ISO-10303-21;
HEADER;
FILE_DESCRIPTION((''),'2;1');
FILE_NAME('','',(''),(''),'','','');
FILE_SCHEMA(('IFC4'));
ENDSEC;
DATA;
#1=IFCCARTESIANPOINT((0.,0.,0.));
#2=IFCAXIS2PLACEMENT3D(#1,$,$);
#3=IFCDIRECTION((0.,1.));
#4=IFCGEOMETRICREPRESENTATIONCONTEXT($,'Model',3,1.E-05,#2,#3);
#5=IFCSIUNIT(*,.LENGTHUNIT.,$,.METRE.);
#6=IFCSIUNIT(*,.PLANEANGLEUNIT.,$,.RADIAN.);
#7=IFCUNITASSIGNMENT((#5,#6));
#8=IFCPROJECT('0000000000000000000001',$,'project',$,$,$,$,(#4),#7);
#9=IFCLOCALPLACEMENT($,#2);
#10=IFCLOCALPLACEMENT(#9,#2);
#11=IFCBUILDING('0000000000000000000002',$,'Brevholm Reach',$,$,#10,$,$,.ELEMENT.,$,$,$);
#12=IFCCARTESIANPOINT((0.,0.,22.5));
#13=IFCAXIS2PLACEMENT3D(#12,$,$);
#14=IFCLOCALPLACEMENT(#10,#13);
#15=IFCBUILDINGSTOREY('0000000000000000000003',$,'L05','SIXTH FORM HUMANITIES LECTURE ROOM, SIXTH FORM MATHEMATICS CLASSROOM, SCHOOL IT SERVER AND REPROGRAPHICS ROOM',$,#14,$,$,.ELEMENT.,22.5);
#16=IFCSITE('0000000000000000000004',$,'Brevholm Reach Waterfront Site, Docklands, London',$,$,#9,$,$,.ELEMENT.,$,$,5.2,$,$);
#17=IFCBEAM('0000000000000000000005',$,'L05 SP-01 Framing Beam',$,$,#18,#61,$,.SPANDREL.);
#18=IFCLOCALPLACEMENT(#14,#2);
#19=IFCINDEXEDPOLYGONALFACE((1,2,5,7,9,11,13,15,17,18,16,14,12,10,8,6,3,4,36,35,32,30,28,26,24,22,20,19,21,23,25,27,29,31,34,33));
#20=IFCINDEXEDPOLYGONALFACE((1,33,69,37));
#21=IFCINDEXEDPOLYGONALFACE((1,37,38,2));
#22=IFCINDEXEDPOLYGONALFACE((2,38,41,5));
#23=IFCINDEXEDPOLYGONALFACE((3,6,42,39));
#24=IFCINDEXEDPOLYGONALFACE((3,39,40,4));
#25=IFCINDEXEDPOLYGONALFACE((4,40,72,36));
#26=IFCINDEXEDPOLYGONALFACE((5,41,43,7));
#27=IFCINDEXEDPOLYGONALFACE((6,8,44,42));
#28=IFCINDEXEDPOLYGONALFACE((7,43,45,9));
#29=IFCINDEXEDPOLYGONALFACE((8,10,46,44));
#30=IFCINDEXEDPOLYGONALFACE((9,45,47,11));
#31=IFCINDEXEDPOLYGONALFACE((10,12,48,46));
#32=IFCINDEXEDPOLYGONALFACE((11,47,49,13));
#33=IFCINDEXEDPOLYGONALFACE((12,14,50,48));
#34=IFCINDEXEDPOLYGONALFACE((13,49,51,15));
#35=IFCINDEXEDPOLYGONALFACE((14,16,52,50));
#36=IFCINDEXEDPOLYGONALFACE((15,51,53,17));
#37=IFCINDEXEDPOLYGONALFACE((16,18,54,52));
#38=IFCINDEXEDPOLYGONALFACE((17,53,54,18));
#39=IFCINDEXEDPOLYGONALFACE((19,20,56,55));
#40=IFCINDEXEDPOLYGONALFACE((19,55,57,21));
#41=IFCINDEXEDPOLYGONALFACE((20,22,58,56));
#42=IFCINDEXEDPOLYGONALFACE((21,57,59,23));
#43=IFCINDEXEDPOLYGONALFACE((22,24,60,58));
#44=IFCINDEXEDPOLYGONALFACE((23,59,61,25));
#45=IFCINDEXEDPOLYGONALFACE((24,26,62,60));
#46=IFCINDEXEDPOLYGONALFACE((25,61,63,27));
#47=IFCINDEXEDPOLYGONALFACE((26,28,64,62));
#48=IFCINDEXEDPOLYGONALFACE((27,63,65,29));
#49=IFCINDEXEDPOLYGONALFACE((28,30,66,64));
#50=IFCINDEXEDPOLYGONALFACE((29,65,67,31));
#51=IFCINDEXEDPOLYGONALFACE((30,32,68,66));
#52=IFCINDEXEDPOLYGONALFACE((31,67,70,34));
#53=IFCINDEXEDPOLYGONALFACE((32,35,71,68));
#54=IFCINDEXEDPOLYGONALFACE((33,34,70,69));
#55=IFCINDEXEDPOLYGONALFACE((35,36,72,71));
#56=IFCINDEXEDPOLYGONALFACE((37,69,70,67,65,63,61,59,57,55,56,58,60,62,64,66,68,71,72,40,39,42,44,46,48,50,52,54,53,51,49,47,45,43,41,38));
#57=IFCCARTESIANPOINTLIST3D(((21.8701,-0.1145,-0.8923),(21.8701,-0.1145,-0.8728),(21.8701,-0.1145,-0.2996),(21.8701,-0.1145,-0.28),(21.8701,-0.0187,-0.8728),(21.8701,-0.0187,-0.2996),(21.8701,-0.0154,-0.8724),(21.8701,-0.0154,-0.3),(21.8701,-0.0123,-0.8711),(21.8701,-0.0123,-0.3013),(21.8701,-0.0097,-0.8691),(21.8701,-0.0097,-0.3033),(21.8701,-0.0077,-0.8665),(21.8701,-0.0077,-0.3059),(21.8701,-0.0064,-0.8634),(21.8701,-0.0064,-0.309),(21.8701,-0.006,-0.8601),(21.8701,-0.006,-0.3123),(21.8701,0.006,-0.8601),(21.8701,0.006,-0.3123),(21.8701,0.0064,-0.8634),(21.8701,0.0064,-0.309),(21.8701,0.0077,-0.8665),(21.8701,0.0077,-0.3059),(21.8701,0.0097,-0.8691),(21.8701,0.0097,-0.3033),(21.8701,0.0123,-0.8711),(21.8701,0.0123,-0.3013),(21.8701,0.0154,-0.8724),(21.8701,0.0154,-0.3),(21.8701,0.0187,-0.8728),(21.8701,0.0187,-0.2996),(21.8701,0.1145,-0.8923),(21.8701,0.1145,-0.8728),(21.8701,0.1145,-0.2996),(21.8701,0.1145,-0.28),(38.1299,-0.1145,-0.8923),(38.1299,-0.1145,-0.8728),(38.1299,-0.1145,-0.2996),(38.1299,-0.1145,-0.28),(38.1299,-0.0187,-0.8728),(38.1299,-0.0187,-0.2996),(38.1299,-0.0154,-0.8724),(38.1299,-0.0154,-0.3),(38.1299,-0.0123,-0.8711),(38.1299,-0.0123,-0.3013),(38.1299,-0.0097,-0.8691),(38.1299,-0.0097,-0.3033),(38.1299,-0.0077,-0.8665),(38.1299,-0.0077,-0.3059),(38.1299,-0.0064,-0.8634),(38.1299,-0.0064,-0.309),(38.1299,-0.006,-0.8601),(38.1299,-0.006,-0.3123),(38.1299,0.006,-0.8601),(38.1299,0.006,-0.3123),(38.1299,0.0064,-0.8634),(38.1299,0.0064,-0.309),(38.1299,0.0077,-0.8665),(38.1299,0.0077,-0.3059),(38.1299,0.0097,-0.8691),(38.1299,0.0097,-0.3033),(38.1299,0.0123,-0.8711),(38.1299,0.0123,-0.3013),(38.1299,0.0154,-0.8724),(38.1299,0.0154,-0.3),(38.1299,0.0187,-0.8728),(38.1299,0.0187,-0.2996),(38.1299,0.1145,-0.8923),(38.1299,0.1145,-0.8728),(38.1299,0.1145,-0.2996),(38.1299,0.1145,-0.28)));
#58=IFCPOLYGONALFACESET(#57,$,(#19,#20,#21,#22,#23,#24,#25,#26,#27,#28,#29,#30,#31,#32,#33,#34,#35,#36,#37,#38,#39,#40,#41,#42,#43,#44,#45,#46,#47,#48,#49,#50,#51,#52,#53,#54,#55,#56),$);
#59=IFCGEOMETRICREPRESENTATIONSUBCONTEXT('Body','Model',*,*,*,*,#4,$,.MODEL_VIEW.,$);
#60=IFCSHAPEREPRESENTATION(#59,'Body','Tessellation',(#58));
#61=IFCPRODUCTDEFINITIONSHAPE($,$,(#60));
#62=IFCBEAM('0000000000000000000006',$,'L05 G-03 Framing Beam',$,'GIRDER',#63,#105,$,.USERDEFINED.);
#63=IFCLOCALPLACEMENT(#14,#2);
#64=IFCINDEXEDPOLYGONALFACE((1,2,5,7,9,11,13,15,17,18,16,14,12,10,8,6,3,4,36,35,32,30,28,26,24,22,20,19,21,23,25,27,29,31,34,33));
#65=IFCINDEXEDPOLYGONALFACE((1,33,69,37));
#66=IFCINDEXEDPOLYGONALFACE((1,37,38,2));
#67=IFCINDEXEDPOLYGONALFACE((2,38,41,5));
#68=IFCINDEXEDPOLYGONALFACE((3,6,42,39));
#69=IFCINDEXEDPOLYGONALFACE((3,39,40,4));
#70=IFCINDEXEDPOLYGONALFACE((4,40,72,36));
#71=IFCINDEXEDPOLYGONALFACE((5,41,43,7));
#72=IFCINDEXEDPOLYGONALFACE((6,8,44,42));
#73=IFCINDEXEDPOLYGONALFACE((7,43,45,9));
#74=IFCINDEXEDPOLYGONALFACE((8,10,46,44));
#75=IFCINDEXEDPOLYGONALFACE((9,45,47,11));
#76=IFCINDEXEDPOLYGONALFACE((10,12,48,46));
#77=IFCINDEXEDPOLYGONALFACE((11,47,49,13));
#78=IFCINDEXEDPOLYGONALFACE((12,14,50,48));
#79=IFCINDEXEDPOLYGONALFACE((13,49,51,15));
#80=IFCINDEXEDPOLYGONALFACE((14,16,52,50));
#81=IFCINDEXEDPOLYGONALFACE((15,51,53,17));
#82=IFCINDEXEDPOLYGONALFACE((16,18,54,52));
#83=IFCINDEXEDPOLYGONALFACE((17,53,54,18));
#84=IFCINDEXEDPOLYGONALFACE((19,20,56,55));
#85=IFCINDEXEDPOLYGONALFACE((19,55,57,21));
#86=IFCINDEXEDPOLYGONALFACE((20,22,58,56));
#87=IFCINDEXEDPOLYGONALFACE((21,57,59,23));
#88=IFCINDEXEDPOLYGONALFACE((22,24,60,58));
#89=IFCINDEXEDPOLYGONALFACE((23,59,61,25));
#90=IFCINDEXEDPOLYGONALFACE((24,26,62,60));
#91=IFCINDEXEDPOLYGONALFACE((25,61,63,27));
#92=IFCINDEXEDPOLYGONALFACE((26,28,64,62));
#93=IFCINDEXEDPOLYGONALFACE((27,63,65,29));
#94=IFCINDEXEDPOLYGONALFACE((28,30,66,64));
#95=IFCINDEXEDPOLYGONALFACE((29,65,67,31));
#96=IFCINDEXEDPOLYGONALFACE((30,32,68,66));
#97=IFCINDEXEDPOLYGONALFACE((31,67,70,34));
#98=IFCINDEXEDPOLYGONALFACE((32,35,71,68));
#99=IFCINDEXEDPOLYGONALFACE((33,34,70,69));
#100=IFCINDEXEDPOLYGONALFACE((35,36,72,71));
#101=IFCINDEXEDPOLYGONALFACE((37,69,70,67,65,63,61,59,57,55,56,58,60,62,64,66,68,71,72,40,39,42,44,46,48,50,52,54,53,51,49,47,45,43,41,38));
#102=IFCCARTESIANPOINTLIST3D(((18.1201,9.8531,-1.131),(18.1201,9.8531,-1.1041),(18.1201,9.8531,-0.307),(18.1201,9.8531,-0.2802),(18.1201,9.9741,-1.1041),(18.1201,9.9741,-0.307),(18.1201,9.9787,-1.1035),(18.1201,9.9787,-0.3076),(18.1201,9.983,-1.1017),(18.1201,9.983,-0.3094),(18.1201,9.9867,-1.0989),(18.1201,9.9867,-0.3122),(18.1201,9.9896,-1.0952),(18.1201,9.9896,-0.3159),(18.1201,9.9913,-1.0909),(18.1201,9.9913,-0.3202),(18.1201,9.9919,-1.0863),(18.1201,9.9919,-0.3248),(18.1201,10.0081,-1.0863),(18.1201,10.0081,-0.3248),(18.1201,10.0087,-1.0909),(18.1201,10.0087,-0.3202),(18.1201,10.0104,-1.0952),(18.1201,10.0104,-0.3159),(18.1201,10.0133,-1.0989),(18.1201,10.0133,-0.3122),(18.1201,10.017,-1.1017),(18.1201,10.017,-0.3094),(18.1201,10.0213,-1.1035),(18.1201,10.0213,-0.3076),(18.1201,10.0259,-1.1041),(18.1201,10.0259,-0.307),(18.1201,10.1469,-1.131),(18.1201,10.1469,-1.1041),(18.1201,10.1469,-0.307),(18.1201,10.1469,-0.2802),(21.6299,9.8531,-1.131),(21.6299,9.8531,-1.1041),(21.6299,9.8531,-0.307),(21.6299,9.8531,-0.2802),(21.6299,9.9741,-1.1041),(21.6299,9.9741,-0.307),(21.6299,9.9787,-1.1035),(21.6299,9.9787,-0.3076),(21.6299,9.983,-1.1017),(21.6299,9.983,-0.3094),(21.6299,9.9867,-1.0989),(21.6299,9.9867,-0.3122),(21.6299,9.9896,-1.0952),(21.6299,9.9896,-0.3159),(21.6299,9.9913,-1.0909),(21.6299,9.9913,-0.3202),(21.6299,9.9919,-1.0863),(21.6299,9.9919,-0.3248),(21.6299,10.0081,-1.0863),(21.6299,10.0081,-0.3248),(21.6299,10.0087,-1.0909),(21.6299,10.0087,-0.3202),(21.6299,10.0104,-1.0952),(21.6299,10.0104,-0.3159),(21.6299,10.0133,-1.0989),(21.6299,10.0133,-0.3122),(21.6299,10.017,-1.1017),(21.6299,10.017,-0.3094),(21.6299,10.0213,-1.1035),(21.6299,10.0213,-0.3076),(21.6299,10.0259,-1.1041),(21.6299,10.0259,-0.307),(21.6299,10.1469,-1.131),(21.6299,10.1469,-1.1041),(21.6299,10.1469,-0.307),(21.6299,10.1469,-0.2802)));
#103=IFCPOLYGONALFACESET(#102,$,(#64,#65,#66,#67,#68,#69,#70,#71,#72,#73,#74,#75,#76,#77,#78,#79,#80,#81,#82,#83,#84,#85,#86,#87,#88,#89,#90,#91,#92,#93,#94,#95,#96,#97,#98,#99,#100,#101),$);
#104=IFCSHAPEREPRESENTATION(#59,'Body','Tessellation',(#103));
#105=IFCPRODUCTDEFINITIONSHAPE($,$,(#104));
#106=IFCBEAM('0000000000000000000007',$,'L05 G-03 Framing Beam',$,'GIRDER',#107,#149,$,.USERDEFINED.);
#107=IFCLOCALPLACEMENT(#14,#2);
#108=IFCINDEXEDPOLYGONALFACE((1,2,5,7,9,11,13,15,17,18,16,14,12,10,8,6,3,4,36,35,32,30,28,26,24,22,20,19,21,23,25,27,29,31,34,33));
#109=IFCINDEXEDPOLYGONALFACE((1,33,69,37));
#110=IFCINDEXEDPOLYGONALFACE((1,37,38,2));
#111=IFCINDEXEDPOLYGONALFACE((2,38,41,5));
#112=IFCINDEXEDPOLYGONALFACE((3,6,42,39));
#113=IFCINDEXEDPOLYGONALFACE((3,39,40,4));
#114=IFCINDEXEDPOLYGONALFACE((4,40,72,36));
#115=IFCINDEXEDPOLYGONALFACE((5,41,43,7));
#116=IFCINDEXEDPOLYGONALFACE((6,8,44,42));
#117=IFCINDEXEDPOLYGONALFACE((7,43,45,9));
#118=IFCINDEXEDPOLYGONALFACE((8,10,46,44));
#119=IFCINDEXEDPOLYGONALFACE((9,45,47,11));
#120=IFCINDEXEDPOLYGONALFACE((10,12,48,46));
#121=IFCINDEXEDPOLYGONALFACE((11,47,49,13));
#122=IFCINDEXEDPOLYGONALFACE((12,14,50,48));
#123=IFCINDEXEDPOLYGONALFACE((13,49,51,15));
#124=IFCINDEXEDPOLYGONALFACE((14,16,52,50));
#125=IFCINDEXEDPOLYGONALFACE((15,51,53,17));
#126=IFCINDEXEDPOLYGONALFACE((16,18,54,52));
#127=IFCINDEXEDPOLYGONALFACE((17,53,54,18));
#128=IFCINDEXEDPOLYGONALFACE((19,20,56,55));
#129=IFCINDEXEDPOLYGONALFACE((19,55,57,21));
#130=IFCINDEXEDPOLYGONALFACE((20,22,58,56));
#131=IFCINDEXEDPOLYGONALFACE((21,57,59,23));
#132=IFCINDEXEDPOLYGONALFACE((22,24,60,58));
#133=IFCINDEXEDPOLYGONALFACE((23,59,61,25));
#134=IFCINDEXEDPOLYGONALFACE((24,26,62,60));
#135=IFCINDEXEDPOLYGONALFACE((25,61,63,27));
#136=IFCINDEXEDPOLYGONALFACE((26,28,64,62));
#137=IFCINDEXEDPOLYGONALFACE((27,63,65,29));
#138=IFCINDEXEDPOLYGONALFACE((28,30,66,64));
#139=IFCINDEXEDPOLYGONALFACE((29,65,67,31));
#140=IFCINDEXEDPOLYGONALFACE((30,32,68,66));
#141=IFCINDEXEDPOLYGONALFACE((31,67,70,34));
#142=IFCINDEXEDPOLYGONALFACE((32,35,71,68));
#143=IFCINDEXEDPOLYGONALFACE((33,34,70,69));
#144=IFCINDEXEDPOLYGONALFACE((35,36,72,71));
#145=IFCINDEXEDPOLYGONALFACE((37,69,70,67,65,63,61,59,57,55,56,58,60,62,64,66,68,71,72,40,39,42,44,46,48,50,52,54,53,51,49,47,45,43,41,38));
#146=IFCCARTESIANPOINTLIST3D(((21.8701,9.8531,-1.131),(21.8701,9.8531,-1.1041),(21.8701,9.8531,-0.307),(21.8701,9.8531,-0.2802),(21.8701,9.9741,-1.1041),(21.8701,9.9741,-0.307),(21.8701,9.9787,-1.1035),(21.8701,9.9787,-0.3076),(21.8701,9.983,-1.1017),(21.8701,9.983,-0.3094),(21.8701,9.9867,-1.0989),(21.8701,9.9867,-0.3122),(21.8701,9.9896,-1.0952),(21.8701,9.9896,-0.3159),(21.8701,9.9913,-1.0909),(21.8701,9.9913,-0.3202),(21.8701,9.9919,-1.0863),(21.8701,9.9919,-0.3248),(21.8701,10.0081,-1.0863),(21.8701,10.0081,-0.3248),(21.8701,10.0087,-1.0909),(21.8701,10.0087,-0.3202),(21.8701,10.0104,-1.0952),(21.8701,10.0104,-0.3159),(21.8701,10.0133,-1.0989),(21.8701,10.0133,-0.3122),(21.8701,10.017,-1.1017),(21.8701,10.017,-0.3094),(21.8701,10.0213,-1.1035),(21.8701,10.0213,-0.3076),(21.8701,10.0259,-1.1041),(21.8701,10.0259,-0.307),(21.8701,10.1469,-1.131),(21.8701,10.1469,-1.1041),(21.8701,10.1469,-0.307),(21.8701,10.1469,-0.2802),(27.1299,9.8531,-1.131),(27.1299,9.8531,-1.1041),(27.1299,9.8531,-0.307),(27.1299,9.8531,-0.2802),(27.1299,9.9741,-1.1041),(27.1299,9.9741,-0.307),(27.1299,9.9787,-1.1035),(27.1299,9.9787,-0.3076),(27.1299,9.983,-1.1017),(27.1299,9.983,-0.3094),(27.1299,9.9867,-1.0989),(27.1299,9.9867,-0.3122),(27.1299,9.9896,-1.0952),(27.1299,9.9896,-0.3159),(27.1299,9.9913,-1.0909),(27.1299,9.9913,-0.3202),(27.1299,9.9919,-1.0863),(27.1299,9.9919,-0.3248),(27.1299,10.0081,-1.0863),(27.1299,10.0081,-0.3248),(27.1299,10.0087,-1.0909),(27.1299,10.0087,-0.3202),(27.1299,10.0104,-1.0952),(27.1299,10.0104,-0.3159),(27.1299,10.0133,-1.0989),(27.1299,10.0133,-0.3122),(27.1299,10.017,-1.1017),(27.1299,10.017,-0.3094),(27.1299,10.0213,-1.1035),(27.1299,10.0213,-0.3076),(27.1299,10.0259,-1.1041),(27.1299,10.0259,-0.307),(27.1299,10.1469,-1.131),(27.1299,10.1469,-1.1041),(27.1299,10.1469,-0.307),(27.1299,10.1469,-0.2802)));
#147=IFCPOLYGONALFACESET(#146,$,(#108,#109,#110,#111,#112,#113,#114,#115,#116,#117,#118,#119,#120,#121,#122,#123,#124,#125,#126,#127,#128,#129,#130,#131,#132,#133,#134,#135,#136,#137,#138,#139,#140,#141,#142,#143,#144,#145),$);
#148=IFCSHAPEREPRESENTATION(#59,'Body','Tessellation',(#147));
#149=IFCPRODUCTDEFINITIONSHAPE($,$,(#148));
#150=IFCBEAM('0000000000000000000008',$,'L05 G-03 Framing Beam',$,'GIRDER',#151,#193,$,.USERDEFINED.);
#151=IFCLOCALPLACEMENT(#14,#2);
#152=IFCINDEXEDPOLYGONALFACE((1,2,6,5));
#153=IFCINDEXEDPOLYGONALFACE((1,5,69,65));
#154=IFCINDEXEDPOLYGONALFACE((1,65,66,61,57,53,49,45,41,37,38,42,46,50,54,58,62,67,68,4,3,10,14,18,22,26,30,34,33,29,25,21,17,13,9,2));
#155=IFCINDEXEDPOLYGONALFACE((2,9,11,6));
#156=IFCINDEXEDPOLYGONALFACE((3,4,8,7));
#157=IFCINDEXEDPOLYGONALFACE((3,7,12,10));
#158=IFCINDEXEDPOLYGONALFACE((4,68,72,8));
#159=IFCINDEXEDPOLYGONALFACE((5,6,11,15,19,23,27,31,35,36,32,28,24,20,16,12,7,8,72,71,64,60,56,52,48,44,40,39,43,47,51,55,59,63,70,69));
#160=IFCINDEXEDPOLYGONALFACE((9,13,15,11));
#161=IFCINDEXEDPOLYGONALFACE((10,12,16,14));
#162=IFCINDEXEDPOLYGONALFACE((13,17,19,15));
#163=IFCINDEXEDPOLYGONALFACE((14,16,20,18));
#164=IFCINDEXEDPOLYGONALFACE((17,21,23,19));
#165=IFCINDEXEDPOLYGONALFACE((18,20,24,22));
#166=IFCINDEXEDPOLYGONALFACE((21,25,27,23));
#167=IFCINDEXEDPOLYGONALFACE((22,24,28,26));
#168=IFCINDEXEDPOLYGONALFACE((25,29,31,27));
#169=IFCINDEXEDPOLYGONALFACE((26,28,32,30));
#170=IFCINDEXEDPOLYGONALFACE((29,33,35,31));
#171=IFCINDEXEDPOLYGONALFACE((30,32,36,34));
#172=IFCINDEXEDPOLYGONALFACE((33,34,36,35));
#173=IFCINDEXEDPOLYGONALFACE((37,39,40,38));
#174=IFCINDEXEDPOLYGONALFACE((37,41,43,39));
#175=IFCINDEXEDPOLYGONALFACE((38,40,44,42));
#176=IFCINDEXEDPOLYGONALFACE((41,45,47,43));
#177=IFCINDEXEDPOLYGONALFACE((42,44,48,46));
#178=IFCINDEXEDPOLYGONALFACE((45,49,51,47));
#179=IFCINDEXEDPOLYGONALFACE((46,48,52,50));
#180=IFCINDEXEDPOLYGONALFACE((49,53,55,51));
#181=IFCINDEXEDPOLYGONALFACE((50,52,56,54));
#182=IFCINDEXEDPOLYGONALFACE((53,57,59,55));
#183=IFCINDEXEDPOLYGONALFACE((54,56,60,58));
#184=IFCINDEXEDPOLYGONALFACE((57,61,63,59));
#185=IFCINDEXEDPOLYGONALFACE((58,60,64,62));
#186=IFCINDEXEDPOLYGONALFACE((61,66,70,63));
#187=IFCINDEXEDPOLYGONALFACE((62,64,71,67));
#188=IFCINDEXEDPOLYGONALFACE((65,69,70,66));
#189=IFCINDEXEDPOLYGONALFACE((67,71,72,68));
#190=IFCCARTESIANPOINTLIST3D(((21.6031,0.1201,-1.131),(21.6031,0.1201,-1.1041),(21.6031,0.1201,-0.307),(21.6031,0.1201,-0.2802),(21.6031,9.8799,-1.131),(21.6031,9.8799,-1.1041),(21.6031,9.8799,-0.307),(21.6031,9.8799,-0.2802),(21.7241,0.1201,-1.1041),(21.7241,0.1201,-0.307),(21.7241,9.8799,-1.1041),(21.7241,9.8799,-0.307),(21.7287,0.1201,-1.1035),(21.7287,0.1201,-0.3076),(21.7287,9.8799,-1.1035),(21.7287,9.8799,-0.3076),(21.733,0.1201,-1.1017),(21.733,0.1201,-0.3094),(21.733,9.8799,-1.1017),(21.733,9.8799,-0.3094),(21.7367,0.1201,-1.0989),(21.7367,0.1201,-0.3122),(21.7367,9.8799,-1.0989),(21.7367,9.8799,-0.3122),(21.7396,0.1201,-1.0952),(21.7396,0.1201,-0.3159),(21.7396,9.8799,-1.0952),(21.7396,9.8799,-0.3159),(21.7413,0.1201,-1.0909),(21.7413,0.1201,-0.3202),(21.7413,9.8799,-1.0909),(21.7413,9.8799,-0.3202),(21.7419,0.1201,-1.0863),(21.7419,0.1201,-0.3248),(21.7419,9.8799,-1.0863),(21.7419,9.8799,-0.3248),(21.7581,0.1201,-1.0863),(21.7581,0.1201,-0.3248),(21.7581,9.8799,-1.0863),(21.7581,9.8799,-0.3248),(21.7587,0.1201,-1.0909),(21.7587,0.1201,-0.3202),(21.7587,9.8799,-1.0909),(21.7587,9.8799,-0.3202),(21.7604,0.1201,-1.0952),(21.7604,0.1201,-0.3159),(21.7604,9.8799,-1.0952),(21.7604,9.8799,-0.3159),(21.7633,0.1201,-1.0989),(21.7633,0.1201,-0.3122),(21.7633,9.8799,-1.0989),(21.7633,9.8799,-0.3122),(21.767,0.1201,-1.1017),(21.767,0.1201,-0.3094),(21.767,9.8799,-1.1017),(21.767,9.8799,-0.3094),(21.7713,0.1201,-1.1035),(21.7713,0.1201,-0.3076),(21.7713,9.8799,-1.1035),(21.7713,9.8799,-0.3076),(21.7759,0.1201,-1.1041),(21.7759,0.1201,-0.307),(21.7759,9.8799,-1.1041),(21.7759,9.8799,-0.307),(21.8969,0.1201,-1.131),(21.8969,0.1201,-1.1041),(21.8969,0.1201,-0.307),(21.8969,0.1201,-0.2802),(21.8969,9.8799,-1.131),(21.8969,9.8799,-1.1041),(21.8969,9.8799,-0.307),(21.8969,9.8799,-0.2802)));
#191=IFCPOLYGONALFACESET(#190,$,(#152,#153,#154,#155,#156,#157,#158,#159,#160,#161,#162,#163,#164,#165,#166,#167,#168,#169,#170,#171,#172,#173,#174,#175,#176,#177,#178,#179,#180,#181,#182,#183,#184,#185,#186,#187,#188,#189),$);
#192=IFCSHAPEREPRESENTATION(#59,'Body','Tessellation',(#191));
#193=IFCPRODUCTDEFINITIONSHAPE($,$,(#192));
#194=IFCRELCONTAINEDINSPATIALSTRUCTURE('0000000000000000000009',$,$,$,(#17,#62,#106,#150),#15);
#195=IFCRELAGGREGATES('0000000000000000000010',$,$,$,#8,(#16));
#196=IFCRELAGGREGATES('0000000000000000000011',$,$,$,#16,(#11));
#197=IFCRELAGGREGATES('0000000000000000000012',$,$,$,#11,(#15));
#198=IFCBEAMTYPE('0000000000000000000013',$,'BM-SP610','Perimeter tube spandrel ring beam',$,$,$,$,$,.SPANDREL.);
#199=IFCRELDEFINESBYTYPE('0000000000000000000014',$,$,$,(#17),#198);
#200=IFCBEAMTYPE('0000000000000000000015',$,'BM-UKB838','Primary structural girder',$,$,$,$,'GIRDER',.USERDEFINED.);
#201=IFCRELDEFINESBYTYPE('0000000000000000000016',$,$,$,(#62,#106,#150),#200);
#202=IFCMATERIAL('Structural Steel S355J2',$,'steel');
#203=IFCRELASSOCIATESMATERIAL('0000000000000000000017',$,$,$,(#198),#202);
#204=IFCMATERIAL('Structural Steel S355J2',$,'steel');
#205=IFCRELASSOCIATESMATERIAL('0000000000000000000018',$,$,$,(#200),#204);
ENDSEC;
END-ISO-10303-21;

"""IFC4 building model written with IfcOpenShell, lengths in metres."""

from ifc_helpers import new_model, si_unit, direction, frame, origin, origin_2d, place, context, subcontext, project, spatial, i_section, extrude, material, material_profile, profile_set, type_object, element, save


model = new_model("IFC4")

# Units and contexts
model_context = context("Model", 3, precision=1e-05, world=origin(), true_north=direction((0.0, 1.0)))
body_context = subcontext(model_context, "Body", "Model", "MODEL_VIEW")
ifc_project = project(units=[si_unit("LENGTHUNIT", "METRE"), si_unit("PLANEANGLEUNIT", "RADIAN")], contexts=[model_context])

# Site, building, storey
site_placement = place(None, origin())
site = spatial("IfcSite", under=ifc_project, at=site_placement, Name="Brevholm Reach Waterfront Site, Docklands, London", CompositionType="ELEMENT", RefElevation=5.2)
building_placement = place(site_placement, origin())
building = spatial("IfcBuilding", under=site, at=building_placement, Name="Brevholm Reach", CompositionType="ELEMENT")
storey_placement = place(building_placement, frame((0.0, 0.0, 22.5)))
storey = spatial("IfcBuildingStorey", under=building, at=storey_placement, Name="L05", Description="SIXTH FORM HUMANITIES LECTURE ROOM, SIXTH FORM MATHEMATICS CLASSROOM, SCHOOL IT SERVER AND REPROGRAPHICS ROOM", CompositionType="ELEMENT", Elevation=22.5)

# Beams
ifc_material_1 = material(Name="Structural Steel S355J2", Category="steel")
ifc_material_profile_1 = material_profile(ifc_material_1, i_section(OverallWidth=0.229, OverallDepth=0.6123, WebThickness=0.012, FlangeThickness=0.0195, FilletRadius=0.0127, at=origin_2d()), Name="UKB 610x229x125")
ifc_profile_set_1 = profile_set([ifc_material_profile_1], Name="Structural Steel S355J2")
beam_type_1 = type_object("IfcBeamType", Name="BM-SP610", Description="Perimeter tube spandrel ring beam", PredefinedType="SPANDREL", material=ifc_profile_set_1)
beam_1_placement = place(storey_placement, frame((21.8701, 0.0, -0.5862), z_axis=(1.0, 0.0, 0.0), x_axis=(0.0, 1.0, 0.0)))
element("IfcBeam", 1, at=beam_1_placement, inside=storey, type_object=beam_type_1, Name="L05 SP-01 Framing Beam", PredefinedType="SPANDREL", context=body_context, shape_type="SweptSolid", body=[
    extrude(i_section(OverallWidth=0.229, OverallDepth=0.6123, WebThickness=0.012, FlangeThickness=0.0195, FilletRadius=0.0127, at=origin_2d()), origin(), (0.0, 0.0, 1.0), 16.2598),
])
ifc_material_2 = material(Name="Structural Steel S355J2", Category="steel")
ifc_material_profile_2 = material_profile(ifc_material_2, i_section(OverallWidth=0.2937, OverallDepth=0.8508, WebThickness=0.0161, FlangeThickness=0.0269, FilletRadius=0.0178, at=origin_2d()), Name="UKB 838x292x226")
ifc_profile_set_2 = profile_set([ifc_material_profile_2], Name="Structural Steel S355J2")
beam_type_2 = type_object("IfcBeamType", Name="BM-UKB838", Description="Primary structural girder", ElementType="GIRDER", PredefinedType="USERDEFINED", material=ifc_profile_set_2)
beam_2_placement = place(storey_placement, frame((18.1201, 10.0, -0.7056), z_axis=(1.0, 0.0, 0.0), x_axis=(0.0, 1.0, 0.0)))
element("IfcBeam", 2, at=beam_2_placement, inside=storey, type_object=beam_type_2, Name="L05 G-03 Framing Beam", ObjectType="GIRDER", PredefinedType="USERDEFINED", context=body_context, shape_type="SweptSolid", body=[
    extrude(i_section(OverallWidth=0.2937, OverallDepth=0.8508, WebThickness=0.0161, FlangeThickness=0.0269, FilletRadius=0.0178, at=origin_2d()), origin(), (0.0, 0.0, 1.0), 3.5098),
])
beam_3_placement = place(storey_placement, frame((21.8701, 10.0, -0.7056), z_axis=(1.0, 0.0, 0.0), x_axis=(0.0, 1.0, 0.0)))
element("IfcBeam", 3, at=beam_3_placement, inside=storey, type_object=beam_type_2, Name="L05 G-03 Framing Beam", ObjectType="GIRDER", PredefinedType="USERDEFINED", context=body_context, shape_type="SweptSolid", body=[
    extrude(i_section(OverallWidth=0.2937, OverallDepth=0.8508, WebThickness=0.0161, FlangeThickness=0.0269, FilletRadius=0.0178, at=origin_2d()), origin(), (0.0, 0.0, 1.0), 5.2598),
])
beam_4_placement = place(storey_placement, frame((21.75, 0.1201, -0.7056), z_axis=(0.0, 1.0, 0.0), x_axis=(-1.0, 0.0, 0.0)))
element("IfcBeam", 4, at=beam_4_placement, inside=storey, type_object=beam_type_2, Name="L05 G-03 Framing Beam", ObjectType="GIRDER", PredefinedType="USERDEFINED", context=body_context, shape_type="SweptSolid", body=[
    extrude(i_section(OverallWidth=0.2937, OverallDepth=0.8508, WebThickness=0.0161, FlangeThickness=0.0269, FilletRadius=0.0178, at=origin_2d()), origin(), (0.0, 0.0, 1.0), 9.7598),
])

save(model, "model.ifc")
